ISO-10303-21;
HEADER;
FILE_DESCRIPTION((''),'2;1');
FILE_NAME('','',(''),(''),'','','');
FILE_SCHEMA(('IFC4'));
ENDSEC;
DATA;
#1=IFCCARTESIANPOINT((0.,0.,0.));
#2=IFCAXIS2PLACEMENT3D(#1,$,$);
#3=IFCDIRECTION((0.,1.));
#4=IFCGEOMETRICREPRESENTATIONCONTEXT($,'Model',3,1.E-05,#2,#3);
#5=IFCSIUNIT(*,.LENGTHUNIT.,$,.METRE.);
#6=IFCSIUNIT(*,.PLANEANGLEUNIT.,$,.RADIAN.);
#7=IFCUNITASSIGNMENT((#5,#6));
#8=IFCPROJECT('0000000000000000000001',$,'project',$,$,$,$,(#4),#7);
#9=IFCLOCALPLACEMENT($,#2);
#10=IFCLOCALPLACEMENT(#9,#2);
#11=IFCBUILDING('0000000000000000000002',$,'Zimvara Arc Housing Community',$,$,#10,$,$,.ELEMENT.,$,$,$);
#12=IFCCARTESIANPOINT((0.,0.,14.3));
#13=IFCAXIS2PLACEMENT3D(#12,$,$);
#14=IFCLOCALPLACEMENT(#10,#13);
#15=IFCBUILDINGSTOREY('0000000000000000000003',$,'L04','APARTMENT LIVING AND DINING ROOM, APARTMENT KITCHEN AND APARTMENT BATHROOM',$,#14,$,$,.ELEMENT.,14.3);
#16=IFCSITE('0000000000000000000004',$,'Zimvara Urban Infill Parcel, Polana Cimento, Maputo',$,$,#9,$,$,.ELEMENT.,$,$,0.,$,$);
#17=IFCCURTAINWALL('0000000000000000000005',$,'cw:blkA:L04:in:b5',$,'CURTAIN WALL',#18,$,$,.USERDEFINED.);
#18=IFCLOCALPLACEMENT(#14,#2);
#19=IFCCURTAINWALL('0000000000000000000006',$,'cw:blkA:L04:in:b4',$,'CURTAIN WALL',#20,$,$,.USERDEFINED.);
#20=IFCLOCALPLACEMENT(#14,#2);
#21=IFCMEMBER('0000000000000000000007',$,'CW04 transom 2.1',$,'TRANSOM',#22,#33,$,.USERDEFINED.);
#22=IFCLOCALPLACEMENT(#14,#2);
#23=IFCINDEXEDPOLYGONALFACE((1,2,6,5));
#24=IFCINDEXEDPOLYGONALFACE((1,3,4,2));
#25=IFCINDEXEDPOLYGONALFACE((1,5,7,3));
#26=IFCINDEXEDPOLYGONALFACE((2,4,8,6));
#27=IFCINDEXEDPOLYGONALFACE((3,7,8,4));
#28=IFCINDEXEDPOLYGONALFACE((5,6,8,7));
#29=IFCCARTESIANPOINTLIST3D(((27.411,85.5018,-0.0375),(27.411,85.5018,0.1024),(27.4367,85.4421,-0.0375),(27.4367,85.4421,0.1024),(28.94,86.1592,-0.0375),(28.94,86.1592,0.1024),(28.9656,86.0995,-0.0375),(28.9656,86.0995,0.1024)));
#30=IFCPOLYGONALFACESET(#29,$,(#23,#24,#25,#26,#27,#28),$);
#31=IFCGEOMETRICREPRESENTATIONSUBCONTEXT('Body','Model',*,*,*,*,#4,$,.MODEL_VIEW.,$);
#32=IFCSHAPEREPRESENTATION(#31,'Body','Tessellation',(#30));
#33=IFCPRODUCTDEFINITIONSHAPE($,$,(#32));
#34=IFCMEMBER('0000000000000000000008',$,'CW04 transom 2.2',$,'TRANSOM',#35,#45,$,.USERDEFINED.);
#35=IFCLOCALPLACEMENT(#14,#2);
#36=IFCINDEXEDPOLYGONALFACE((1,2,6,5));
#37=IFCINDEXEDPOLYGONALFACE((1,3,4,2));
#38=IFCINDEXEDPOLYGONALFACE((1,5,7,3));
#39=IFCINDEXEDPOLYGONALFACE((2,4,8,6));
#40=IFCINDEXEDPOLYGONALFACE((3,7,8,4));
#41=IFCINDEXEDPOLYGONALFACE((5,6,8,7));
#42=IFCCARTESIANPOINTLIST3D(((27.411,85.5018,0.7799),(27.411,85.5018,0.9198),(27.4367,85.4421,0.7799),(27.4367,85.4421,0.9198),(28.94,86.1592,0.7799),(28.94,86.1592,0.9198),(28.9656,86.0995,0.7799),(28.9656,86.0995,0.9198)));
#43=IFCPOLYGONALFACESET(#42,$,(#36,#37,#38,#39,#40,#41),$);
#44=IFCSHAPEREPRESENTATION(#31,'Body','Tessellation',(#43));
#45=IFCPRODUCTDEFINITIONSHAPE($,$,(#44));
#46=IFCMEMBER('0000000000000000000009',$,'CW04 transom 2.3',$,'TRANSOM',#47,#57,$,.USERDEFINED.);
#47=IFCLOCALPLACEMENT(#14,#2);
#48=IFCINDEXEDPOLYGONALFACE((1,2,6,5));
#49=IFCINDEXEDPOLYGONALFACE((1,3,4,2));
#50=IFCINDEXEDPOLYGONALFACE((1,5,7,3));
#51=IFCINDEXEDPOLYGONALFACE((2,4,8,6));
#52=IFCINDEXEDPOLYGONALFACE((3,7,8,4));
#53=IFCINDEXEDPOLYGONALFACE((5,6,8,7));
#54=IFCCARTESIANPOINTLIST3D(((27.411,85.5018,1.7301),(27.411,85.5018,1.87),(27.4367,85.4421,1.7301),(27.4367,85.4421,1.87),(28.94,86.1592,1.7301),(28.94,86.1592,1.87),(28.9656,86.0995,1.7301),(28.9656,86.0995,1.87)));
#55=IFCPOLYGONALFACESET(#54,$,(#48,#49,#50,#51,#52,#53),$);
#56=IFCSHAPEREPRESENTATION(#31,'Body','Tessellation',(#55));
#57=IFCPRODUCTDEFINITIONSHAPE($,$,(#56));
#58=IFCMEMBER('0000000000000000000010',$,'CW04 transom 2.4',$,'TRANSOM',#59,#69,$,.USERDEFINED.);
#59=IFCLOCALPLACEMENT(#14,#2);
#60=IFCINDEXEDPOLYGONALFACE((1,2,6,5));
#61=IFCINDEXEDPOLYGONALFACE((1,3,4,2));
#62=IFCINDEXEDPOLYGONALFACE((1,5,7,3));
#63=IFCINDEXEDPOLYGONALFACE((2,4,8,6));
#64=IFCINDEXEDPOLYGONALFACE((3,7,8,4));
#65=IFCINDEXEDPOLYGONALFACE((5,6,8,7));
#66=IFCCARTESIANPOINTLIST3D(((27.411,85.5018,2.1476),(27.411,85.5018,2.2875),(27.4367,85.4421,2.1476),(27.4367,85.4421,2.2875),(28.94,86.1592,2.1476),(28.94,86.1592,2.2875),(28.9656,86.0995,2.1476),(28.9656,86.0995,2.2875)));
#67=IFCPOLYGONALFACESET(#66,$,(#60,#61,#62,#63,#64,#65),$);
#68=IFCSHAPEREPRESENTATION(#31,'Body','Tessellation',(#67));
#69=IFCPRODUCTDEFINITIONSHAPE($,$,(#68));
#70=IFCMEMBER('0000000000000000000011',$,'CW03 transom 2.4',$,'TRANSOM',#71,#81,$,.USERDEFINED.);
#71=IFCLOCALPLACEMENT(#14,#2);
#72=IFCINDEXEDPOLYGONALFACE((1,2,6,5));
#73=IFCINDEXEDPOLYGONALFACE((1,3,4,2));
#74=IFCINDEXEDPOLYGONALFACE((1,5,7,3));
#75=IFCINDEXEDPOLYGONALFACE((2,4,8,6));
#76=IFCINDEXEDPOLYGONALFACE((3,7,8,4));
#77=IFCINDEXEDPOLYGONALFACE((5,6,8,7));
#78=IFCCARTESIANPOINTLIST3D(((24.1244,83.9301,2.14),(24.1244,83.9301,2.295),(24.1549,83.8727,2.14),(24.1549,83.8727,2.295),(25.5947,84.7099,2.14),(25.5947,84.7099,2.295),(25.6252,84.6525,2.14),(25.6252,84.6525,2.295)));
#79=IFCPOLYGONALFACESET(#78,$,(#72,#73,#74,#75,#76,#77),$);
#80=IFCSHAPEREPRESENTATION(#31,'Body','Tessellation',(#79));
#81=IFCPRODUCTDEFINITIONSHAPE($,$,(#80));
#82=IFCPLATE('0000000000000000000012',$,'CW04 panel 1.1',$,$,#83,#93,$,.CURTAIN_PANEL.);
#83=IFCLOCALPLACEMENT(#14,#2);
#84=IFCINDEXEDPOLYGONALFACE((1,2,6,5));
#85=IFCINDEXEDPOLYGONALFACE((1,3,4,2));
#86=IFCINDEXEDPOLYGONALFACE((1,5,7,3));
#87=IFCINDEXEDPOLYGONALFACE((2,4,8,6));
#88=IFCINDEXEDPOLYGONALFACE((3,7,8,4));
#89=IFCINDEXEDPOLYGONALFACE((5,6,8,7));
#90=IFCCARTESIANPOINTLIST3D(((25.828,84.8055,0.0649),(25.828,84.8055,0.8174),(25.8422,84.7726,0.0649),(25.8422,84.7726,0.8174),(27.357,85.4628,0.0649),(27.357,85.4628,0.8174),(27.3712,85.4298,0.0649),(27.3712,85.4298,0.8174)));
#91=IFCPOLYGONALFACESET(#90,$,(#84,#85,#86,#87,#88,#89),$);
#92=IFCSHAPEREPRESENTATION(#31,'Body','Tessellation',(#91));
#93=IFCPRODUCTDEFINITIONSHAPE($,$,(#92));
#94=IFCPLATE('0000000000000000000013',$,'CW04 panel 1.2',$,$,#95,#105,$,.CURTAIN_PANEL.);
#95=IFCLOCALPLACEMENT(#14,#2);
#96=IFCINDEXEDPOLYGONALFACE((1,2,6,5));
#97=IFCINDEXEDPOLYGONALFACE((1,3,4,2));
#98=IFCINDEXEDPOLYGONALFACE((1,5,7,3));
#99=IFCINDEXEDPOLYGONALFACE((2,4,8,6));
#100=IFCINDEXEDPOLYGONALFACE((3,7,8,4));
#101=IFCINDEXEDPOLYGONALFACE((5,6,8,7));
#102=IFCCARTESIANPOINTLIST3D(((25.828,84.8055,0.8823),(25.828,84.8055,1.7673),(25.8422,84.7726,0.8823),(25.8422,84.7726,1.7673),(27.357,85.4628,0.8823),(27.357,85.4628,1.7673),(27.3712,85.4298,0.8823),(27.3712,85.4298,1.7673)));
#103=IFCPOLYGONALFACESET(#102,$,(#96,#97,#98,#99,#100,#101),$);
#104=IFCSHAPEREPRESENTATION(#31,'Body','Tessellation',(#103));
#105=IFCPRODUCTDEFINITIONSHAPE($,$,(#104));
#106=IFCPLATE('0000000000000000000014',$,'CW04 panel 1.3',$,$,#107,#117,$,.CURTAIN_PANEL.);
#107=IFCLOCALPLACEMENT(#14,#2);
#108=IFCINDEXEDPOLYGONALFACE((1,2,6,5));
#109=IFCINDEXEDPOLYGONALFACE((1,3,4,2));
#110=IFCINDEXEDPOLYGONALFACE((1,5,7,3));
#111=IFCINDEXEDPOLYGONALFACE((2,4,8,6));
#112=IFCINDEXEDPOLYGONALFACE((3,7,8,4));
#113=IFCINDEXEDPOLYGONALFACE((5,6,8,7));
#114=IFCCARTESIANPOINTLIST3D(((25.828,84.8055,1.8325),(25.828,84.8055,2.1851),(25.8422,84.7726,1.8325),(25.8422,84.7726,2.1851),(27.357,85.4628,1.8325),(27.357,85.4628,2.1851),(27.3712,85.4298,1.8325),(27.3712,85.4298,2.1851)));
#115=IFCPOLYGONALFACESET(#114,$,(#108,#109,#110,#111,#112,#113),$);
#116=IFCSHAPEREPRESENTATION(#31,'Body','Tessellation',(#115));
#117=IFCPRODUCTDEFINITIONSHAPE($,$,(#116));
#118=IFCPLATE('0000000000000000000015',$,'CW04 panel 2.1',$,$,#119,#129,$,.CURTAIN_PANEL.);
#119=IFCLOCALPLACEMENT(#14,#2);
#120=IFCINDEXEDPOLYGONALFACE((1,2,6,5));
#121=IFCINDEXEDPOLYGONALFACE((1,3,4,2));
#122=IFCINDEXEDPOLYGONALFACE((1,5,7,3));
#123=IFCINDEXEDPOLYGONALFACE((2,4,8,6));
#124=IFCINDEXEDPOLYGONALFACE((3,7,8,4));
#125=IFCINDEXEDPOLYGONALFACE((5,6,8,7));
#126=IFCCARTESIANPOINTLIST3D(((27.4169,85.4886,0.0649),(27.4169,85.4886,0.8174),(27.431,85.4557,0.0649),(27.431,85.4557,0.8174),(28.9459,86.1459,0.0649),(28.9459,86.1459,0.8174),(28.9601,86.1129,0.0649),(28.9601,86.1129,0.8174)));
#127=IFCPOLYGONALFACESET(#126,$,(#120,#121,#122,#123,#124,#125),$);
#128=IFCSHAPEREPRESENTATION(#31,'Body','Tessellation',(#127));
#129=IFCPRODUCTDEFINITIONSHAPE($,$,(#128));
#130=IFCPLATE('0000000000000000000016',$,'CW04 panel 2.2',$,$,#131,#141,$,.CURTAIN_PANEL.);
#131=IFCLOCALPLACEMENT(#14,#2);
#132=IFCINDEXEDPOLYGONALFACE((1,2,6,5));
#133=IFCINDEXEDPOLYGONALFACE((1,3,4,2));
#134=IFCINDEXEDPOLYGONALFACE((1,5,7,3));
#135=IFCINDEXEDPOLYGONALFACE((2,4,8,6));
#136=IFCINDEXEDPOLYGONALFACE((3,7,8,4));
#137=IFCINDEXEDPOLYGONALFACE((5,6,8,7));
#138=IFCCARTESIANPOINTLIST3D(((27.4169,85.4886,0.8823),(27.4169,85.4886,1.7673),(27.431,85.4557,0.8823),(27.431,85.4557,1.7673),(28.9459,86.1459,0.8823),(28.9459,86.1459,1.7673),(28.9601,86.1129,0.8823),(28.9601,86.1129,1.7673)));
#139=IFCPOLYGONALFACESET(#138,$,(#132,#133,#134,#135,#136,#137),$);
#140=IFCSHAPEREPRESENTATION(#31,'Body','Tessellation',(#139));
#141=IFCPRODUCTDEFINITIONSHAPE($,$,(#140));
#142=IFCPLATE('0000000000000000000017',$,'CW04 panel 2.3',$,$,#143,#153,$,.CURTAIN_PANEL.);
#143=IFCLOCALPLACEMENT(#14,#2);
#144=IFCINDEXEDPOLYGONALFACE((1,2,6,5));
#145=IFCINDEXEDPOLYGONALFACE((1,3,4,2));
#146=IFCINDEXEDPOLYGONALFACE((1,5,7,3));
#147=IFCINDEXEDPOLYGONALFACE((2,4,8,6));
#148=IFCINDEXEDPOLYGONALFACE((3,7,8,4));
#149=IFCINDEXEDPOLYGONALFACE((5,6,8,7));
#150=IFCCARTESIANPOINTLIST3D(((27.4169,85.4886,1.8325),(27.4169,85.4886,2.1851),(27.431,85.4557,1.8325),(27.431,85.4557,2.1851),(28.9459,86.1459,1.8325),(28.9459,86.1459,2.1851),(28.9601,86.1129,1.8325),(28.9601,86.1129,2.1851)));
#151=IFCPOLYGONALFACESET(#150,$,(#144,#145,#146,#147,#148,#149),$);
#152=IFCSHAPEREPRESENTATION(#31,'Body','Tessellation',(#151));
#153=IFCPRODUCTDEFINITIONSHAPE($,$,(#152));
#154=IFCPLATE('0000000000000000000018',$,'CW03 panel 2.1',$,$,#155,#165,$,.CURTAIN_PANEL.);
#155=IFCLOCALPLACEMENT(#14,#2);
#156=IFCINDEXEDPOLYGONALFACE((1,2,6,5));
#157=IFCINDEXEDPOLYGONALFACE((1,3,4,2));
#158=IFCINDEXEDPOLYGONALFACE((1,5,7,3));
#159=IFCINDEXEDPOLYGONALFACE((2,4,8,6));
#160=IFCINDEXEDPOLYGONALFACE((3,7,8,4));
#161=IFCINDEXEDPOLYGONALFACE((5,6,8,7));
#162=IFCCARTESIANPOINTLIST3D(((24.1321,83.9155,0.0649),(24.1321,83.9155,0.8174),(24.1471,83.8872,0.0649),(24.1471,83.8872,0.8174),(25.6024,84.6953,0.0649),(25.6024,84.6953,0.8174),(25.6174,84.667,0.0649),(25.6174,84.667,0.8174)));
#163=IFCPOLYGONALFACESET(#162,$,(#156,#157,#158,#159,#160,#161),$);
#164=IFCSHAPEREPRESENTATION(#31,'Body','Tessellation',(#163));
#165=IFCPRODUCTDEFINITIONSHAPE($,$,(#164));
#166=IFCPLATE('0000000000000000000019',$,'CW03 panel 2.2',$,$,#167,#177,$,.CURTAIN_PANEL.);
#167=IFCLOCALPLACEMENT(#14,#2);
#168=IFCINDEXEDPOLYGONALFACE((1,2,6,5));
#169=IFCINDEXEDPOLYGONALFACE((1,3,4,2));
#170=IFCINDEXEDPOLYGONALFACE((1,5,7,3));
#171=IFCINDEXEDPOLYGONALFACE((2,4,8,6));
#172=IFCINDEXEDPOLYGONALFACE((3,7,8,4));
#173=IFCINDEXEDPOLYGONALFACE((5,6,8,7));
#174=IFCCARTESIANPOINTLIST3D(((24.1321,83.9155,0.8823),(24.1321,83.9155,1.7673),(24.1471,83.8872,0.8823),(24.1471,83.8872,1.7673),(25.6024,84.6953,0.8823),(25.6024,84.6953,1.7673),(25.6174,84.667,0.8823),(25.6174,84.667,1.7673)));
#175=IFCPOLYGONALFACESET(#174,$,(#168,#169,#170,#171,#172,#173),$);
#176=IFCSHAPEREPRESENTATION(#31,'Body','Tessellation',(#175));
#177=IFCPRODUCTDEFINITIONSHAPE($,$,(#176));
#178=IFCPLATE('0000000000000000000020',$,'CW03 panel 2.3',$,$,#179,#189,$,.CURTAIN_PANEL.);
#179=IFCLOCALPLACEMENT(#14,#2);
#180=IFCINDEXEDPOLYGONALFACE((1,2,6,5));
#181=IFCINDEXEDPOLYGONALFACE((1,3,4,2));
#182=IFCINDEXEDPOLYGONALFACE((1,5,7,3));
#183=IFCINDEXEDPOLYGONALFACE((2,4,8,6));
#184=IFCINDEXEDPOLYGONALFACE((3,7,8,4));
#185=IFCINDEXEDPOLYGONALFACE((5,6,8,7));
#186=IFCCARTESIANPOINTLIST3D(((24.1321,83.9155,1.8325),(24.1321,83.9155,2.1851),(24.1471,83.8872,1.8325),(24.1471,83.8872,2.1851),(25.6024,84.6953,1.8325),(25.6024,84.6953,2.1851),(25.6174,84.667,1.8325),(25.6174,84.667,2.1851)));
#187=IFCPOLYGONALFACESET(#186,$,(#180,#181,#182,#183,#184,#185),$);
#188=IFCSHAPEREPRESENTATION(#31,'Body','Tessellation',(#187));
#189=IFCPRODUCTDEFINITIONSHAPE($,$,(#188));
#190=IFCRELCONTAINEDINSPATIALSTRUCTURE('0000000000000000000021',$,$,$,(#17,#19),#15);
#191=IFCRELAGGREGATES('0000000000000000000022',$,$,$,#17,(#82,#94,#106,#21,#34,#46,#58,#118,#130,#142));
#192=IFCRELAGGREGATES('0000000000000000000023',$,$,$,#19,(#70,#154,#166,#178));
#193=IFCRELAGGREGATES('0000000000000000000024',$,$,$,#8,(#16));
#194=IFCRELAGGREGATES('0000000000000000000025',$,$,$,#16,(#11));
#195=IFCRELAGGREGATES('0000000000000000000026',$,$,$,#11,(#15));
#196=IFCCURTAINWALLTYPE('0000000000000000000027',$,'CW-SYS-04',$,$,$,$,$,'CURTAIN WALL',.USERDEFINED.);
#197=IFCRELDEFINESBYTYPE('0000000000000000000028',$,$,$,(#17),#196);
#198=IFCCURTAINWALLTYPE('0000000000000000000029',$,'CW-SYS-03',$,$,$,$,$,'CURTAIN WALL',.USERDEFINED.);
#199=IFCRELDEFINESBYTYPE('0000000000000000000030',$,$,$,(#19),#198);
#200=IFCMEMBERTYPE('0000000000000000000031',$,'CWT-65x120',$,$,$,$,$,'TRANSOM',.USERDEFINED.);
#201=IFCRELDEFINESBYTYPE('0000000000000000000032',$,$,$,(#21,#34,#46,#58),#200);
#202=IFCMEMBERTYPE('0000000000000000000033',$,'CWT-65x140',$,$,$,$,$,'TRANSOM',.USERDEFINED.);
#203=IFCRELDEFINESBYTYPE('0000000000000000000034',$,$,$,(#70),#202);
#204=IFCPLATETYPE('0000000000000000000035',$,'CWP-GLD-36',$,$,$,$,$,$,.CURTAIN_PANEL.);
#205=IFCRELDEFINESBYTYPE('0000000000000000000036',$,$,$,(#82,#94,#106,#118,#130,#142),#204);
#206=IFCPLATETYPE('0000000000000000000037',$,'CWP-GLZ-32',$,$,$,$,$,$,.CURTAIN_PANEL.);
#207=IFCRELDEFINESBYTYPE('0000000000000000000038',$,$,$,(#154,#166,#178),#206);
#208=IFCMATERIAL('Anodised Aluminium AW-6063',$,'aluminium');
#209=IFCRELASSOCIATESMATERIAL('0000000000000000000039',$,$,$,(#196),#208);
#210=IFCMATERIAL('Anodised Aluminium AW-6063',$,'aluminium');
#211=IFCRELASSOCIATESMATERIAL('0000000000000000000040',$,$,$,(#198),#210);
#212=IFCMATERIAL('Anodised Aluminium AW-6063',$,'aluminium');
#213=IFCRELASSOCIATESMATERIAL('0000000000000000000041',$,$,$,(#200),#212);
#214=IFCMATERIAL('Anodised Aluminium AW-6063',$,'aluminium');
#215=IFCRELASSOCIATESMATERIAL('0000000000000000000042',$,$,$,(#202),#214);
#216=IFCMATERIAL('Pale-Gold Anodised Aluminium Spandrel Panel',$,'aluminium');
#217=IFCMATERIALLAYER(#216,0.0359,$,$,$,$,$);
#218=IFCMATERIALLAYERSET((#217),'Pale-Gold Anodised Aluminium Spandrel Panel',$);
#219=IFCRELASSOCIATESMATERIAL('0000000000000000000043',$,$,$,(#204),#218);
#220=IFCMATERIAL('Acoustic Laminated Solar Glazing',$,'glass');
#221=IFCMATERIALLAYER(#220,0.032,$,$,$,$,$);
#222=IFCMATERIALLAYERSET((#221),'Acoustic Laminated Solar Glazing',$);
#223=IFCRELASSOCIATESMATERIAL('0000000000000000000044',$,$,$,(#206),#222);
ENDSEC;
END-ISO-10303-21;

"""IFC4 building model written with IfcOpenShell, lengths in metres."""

from ifc_helpers import new_model, si_unit, direction, frame, origin, origin_2d, place, context, subcontext, project, spatial, rectangle, extrude, material, layer, layer_set, material_profile, profile_set, type_object, element, aggregate, save


model = new_model("IFC4")

# Units and contexts
model_context = context("Model", 3, precision=1e-05, world=origin(), true_north=direction((0.0, 1.0)))
body_context = subcontext(model_context, "Body", "Model", "MODEL_VIEW")
ifc_project = project(units=[si_unit("LENGTHUNIT", "METRE"), si_unit("PLANEANGLEUNIT", "RADIAN")], contexts=[model_context])

# Site, building, storey
site_placement = place(None, origin())
site = spatial("IfcSite", under=ifc_project, at=site_placement, Name="Zimvara Urban Infill Parcel, Polana Cimento, Maputo", CompositionType="ELEMENT", RefElevation=0.0)
building_placement = place(site_placement, origin())
building = spatial("IfcBuilding", under=site, at=building_placement, Name="Zimvara Arc Housing Community", CompositionType="ELEMENT")
storey_placement = place(building_placement, frame((0.0, 0.0, 14.3)))
storey = spatial("IfcBuildingStorey", under=building, at=storey_placement, Name="L04", Description="APARTMENT LIVING AND DINING ROOM, APARTMENT KITCHEN AND APARTMENT BATHROOM", CompositionType="ELEMENT", Elevation=14.3)

# Curtain wall
ifc_material_1 = material(Name="Anodised Aluminium AW-6063", Category="aluminium")
curtain_wall_type_1 = type_object("IfcCurtainWallType", Name="CW-SYS-04", ElementType="CURTAIN WALL", PredefinedType="USERDEFINED", material=ifc_material_1)
curtain_wall_1_placement = place(storey_placement, origin())
curtain_wall_1 = element("IfcCurtainWall", 1, at=curtain_wall_1_placement, inside=storey, type_object=curtain_wall_type_1, Name="cw:blkA:L04:in:b5", ObjectType="CURTAIN WALL", PredefinedType="USERDEFINED")

# Curtain wall
ifc_material_2 = material(Name="Anodised Aluminium AW-6063", Category="aluminium")
curtain_wall_type_2 = type_object("IfcCurtainWallType", Name="CW-SYS-03", ElementType="CURTAIN WALL", PredefinedType="USERDEFINED", material=ifc_material_2)
curtain_wall_2_placement = place(storey_placement, origin())
curtain_wall_2 = element("IfcCurtainWall", 2, at=curtain_wall_2_placement, inside=storey, type_object=curtain_wall_type_2, Name="cw:blkA:L04:in:b4", ObjectType="CURTAIN WALL", PredefinedType="USERDEFINED")

# Members
ifc_material_3 = material(Name="Anodised Aluminium AW-6063", Category="aluminium")
ifc_material_profile_1 = material_profile(ifc_material_3, rectangle(XDim=0.0649, YDim=0.1399, at=origin_2d()), Name="ALU 65x140")
ifc_profile_set_1 = profile_set([ifc_material_profile_1], Name="Anodised Aluminium AW-6063")
member_type_1 = type_object("IfcMemberType", Name="CWT-65x120", ElementType="TRANSOM", PredefinedType="USERDEFINED", material=ifc_profile_set_1)
member_1_placement = place(storey_placement, frame((27.4238, 85.4719, 0.0325), z_axis=(0.918674, 0.395017, 0.0), x_axis=(-0.395017, 0.918674, 0.0)))
member_1 = element("IfcMember", 3, at=member_1_placement, type_object=member_type_1, Name="CW04 transom 2.1", ObjectType="TRANSOM", PredefinedType="USERDEFINED", context=body_context, shape_type="SweptSolid", body=[
    extrude(rectangle(XDim=0.0649, YDim=0.1399, at=origin_2d()), origin(), (0.0, 0.0, 1.0), 1.6643),
])
member_2_placement = place(storey_placement, frame((27.4238, 85.4719, 0.8499), z_axis=(0.918674, 0.395017, 0.0), x_axis=(-0.395017, 0.918674, 0.0)))
member_2 = element("IfcMember", 4, at=member_2_placement, type_object=member_type_1, Name="CW04 transom 2.2", ObjectType="TRANSOM", PredefinedType="USERDEFINED", context=body_context, shape_type="SweptSolid", body=[
    extrude(rectangle(XDim=0.0649, YDim=0.1399, at=origin_2d()), origin(), (0.0, 0.0, 1.0), 1.6643),
])
member_3_placement = place(storey_placement, frame((27.4238, 85.4719, 1.8), z_axis=(0.918674, 0.395017, 0.0), x_axis=(-0.395017, 0.918674, 0.0)))
member_3 = element("IfcMember", 5, at=member_3_placement, type_object=member_type_1, Name="CW04 transom 2.3", ObjectType="TRANSOM", PredefinedType="USERDEFINED", context=body_context, shape_type="SweptSolid", body=[
    extrude(rectangle(XDim=0.0649, YDim=0.1399, at=origin_2d()), origin(), (0.0, 0.0, 1.0), 1.6643),
])
member_4_placement = place(storey_placement, frame((27.4238, 85.4719, 2.2175), z_axis=(0.918674, 0.395017, 0.0), x_axis=(-0.395017, 0.918674, 0.0)))
member_4 = element("IfcMember", 6, at=member_4_placement, type_object=member_type_1, Name="CW04 transom 2.4", ObjectType="TRANSOM", PredefinedType="USERDEFINED", context=body_context, shape_type="SweptSolid", body=[
    extrude(rectangle(XDim=0.0649, YDim=0.1399, at=origin_2d()), origin(), (0.0, 0.0, 1.0), 1.6643),
])
ifc_material_4 = material(Name="Anodised Aluminium AW-6063", Category="aluminium")
ifc_material_profile_2 = material_profile(ifc_material_4, rectangle(XDim=0.0649, YDim=0.155, at=origin_2d()), Name="ALU 65x155")
ifc_profile_set_2 = profile_set([ifc_material_profile_2], Name="Anodised Aluminium AW-6063")
member_type_2 = type_object("IfcMemberType", Name="CWT-65x140", ElementType="TRANSOM", PredefinedType="USERDEFINED", material=ifc_profile_set_2)
member_5_placement = place(storey_placement, frame((24.1396, 83.9014, 2.2175), z_axis=(0.883431, 0.468562, 0.0), x_axis=(-0.468562, 0.883431, 0.0)))
member_5 = element("IfcMember", 7, at=member_5_placement, type_object=member_type_2, Name="CW03 transom 2.4", ObjectType="TRANSOM", PredefinedType="USERDEFINED", context=body_context, shape_type="SweptSolid", body=[
    extrude(rectangle(XDim=0.0649, YDim=0.155, at=origin_2d()), origin(), (0.0, 0.0, 1.0), 1.6643),
])

# Plates
ifc_material_5 = material(Name="Pale-Gold Anodised Aluminium Spandrel Panel", Category="aluminium")
ifc_layer_1 = layer(ifc_material_5, 0.0359)
ifc_layer_set_1 = layer_set([ifc_layer_1], Name="Pale-Gold Anodised Aluminium Spandrel Panel")
plate_type_1 = type_object("IfcPlateType", Name="CWP-GLD-36", PredefinedType="CURTAIN_PANEL", material=ifc_layer_set_1)
plate_1_placement = place(storey_placement, frame((26.5996, 85.1177, 0.0649), z_axis=(0.0, 0.0, 1.0), x_axis=(0.918722, 0.394904, 0.0)))
plate_1 = element("IfcPlate", 8, at=plate_1_placement, type_object=plate_type_1, Name="CW04 panel 1.1", PredefinedType="CURTAIN_PANEL", context=body_context, shape_type="SweptSolid", body=[
    extrude(rectangle(XDim=1.6643, YDim=0.0359, at=origin_2d()), origin(), (0.0, 0.0, 1.0), 0.7524),
])
plate_2_placement = place(storey_placement, frame((26.5996, 85.1177, 0.8823), z_axis=(0.0, 0.0, 1.0), x_axis=(0.918722, 0.394904, 0.0)))
plate_2 = element("IfcPlate", 9, at=plate_2_placement, type_object=plate_type_1, Name="CW04 panel 1.2", PredefinedType="CURTAIN_PANEL", context=body_context, shape_type="SweptSolid", body=[
    extrude(rectangle(XDim=1.6643, YDim=0.0359, at=origin_2d()), origin(), (0.0, 0.0, 1.0), 0.885),
])
plate_3_placement = place(storey_placement, frame((26.5996, 85.1177, 1.8325), z_axis=(0.0, 0.0, 1.0), x_axis=(0.918722, 0.394904, 0.0)))
plate_3 = element("IfcPlate", 10, at=plate_3_placement, type_object=plate_type_1, Name="CW04 panel 1.3", PredefinedType="CURTAIN_PANEL", context=body_context, shape_type="SweptSolid", body=[
    extrude(rectangle(XDim=1.6643, YDim=0.0359, at=origin_2d()), origin(), (0.0, 0.0, 1.0), 0.3525),
])
plate_4_placement = place(storey_placement, frame((28.1885, 85.8008, 0.0649), z_axis=(0.0, 0.0, 1.0), x_axis=(0.918722, 0.394904, 0.0)))
plate_4 = element("IfcPlate", 11, at=plate_4_placement, type_object=plate_type_1, Name="CW04 panel 2.1", PredefinedType="CURTAIN_PANEL", context=body_context, shape_type="SweptSolid", body=[
    extrude(rectangle(XDim=1.6643, YDim=0.0359, at=origin_2d()), origin(), (0.0, 0.0, 1.0), 0.7524),
])
plate_5_placement = place(storey_placement, frame((28.1885, 85.8008, 0.8823), z_axis=(0.0, 0.0, 1.0), x_axis=(0.918722, 0.394904, 0.0)))
plate_5 = element("IfcPlate", 12, at=plate_5_placement, type_object=plate_type_1, Name="CW04 panel 2.2", PredefinedType="CURTAIN_PANEL", context=body_context, shape_type="SweptSolid", body=[
    extrude(rectangle(XDim=1.6643, YDim=0.0359, at=origin_2d()), origin(), (0.0, 0.0, 1.0), 0.885),
])
plate_6_placement = place(storey_placement, frame((28.1885, 85.8008, 1.8325), z_axis=(0.0, 0.0, 1.0), x_axis=(0.918722, 0.394904, 0.0)))
plate_6 = element("IfcPlate", 13, at=plate_6_placement, type_object=plate_type_1, Name="CW04 panel 2.3", PredefinedType="CURTAIN_PANEL", context=body_context, shape_type="SweptSolid", body=[
    extrude(rectangle(XDim=1.6643, YDim=0.0359, at=origin_2d()), origin(), (0.0, 0.0, 1.0), 0.3525),
])
aggregate(curtain_wall_1, [plate_1, plate_2, plate_3, member_1, member_2, member_3, member_4, plate_4, plate_5, plate_6])
ifc_material_6 = material(Name="Acoustic Laminated Solar Glazing", Category="glass")
ifc_layer_2 = layer(ifc_material_6, 0.032)
ifc_layer_set_2 = layer_set([ifc_layer_2], Name="Acoustic Laminated Solar Glazing")
plate_type_2 = type_object("IfcPlateType", Name="CWP-GLZ-32", PredefinedType="CURTAIN_PANEL", material=ifc_layer_set_2)
plate_7_placement = place(storey_placement, frame((24.8748, 84.2913, 0.0649), z_axis=(0.0, 0.0, 1.0), x_axis=(0.88344, 0.468545, 0.0)))
plate_7 = element("IfcPlate", 14, at=plate_7_placement, type_object=plate_type_2, Name="CW03 panel 2.1", PredefinedType="CURTAIN_PANEL", context=body_context, shape_type="SweptSolid", body=[
    extrude(rectangle(XDim=1.6643, YDim=0.032, at=origin_2d()), origin(), (0.0, 0.0, 1.0), 0.7524),
])
plate_8_placement = place(storey_placement, frame((24.8748, 84.2913, 0.8823), z_axis=(0.0, 0.0, 1.0), x_axis=(0.88344, 0.468545, 0.0)))
plate_8 = element("IfcPlate", 15, at=plate_8_placement, type_object=plate_type_2, Name="CW03 panel 2.2", PredefinedType="CURTAIN_PANEL", context=body_context, shape_type="SweptSolid", body=[
    extrude(rectangle(XDim=1.6643, YDim=0.032, at=origin_2d()), origin(), (0.0, 0.0, 1.0), 0.885),
])
plate_9_placement = place(storey_placement, frame((24.8748, 84.2913, 1.8325), z_axis=(0.0, 0.0, 1.0), x_axis=(0.88344, 0.468545, 0.0)))
plate_9 = element("IfcPlate", 16, at=plate_9_placement, type_object=plate_type_2, Name="CW03 panel 2.3", PredefinedType="CURTAIN_PANEL", context=body_context, shape_type="SweptSolid", body=[
    extrude(rectangle(XDim=1.6643, YDim=0.032, at=origin_2d()), origin(), (0.0, 0.0, 1.0), 0.3525),
])
aggregate(curtain_wall_2, [member_5, plate_7, plate_8, plate_9])

save(model, "model.ifc")
